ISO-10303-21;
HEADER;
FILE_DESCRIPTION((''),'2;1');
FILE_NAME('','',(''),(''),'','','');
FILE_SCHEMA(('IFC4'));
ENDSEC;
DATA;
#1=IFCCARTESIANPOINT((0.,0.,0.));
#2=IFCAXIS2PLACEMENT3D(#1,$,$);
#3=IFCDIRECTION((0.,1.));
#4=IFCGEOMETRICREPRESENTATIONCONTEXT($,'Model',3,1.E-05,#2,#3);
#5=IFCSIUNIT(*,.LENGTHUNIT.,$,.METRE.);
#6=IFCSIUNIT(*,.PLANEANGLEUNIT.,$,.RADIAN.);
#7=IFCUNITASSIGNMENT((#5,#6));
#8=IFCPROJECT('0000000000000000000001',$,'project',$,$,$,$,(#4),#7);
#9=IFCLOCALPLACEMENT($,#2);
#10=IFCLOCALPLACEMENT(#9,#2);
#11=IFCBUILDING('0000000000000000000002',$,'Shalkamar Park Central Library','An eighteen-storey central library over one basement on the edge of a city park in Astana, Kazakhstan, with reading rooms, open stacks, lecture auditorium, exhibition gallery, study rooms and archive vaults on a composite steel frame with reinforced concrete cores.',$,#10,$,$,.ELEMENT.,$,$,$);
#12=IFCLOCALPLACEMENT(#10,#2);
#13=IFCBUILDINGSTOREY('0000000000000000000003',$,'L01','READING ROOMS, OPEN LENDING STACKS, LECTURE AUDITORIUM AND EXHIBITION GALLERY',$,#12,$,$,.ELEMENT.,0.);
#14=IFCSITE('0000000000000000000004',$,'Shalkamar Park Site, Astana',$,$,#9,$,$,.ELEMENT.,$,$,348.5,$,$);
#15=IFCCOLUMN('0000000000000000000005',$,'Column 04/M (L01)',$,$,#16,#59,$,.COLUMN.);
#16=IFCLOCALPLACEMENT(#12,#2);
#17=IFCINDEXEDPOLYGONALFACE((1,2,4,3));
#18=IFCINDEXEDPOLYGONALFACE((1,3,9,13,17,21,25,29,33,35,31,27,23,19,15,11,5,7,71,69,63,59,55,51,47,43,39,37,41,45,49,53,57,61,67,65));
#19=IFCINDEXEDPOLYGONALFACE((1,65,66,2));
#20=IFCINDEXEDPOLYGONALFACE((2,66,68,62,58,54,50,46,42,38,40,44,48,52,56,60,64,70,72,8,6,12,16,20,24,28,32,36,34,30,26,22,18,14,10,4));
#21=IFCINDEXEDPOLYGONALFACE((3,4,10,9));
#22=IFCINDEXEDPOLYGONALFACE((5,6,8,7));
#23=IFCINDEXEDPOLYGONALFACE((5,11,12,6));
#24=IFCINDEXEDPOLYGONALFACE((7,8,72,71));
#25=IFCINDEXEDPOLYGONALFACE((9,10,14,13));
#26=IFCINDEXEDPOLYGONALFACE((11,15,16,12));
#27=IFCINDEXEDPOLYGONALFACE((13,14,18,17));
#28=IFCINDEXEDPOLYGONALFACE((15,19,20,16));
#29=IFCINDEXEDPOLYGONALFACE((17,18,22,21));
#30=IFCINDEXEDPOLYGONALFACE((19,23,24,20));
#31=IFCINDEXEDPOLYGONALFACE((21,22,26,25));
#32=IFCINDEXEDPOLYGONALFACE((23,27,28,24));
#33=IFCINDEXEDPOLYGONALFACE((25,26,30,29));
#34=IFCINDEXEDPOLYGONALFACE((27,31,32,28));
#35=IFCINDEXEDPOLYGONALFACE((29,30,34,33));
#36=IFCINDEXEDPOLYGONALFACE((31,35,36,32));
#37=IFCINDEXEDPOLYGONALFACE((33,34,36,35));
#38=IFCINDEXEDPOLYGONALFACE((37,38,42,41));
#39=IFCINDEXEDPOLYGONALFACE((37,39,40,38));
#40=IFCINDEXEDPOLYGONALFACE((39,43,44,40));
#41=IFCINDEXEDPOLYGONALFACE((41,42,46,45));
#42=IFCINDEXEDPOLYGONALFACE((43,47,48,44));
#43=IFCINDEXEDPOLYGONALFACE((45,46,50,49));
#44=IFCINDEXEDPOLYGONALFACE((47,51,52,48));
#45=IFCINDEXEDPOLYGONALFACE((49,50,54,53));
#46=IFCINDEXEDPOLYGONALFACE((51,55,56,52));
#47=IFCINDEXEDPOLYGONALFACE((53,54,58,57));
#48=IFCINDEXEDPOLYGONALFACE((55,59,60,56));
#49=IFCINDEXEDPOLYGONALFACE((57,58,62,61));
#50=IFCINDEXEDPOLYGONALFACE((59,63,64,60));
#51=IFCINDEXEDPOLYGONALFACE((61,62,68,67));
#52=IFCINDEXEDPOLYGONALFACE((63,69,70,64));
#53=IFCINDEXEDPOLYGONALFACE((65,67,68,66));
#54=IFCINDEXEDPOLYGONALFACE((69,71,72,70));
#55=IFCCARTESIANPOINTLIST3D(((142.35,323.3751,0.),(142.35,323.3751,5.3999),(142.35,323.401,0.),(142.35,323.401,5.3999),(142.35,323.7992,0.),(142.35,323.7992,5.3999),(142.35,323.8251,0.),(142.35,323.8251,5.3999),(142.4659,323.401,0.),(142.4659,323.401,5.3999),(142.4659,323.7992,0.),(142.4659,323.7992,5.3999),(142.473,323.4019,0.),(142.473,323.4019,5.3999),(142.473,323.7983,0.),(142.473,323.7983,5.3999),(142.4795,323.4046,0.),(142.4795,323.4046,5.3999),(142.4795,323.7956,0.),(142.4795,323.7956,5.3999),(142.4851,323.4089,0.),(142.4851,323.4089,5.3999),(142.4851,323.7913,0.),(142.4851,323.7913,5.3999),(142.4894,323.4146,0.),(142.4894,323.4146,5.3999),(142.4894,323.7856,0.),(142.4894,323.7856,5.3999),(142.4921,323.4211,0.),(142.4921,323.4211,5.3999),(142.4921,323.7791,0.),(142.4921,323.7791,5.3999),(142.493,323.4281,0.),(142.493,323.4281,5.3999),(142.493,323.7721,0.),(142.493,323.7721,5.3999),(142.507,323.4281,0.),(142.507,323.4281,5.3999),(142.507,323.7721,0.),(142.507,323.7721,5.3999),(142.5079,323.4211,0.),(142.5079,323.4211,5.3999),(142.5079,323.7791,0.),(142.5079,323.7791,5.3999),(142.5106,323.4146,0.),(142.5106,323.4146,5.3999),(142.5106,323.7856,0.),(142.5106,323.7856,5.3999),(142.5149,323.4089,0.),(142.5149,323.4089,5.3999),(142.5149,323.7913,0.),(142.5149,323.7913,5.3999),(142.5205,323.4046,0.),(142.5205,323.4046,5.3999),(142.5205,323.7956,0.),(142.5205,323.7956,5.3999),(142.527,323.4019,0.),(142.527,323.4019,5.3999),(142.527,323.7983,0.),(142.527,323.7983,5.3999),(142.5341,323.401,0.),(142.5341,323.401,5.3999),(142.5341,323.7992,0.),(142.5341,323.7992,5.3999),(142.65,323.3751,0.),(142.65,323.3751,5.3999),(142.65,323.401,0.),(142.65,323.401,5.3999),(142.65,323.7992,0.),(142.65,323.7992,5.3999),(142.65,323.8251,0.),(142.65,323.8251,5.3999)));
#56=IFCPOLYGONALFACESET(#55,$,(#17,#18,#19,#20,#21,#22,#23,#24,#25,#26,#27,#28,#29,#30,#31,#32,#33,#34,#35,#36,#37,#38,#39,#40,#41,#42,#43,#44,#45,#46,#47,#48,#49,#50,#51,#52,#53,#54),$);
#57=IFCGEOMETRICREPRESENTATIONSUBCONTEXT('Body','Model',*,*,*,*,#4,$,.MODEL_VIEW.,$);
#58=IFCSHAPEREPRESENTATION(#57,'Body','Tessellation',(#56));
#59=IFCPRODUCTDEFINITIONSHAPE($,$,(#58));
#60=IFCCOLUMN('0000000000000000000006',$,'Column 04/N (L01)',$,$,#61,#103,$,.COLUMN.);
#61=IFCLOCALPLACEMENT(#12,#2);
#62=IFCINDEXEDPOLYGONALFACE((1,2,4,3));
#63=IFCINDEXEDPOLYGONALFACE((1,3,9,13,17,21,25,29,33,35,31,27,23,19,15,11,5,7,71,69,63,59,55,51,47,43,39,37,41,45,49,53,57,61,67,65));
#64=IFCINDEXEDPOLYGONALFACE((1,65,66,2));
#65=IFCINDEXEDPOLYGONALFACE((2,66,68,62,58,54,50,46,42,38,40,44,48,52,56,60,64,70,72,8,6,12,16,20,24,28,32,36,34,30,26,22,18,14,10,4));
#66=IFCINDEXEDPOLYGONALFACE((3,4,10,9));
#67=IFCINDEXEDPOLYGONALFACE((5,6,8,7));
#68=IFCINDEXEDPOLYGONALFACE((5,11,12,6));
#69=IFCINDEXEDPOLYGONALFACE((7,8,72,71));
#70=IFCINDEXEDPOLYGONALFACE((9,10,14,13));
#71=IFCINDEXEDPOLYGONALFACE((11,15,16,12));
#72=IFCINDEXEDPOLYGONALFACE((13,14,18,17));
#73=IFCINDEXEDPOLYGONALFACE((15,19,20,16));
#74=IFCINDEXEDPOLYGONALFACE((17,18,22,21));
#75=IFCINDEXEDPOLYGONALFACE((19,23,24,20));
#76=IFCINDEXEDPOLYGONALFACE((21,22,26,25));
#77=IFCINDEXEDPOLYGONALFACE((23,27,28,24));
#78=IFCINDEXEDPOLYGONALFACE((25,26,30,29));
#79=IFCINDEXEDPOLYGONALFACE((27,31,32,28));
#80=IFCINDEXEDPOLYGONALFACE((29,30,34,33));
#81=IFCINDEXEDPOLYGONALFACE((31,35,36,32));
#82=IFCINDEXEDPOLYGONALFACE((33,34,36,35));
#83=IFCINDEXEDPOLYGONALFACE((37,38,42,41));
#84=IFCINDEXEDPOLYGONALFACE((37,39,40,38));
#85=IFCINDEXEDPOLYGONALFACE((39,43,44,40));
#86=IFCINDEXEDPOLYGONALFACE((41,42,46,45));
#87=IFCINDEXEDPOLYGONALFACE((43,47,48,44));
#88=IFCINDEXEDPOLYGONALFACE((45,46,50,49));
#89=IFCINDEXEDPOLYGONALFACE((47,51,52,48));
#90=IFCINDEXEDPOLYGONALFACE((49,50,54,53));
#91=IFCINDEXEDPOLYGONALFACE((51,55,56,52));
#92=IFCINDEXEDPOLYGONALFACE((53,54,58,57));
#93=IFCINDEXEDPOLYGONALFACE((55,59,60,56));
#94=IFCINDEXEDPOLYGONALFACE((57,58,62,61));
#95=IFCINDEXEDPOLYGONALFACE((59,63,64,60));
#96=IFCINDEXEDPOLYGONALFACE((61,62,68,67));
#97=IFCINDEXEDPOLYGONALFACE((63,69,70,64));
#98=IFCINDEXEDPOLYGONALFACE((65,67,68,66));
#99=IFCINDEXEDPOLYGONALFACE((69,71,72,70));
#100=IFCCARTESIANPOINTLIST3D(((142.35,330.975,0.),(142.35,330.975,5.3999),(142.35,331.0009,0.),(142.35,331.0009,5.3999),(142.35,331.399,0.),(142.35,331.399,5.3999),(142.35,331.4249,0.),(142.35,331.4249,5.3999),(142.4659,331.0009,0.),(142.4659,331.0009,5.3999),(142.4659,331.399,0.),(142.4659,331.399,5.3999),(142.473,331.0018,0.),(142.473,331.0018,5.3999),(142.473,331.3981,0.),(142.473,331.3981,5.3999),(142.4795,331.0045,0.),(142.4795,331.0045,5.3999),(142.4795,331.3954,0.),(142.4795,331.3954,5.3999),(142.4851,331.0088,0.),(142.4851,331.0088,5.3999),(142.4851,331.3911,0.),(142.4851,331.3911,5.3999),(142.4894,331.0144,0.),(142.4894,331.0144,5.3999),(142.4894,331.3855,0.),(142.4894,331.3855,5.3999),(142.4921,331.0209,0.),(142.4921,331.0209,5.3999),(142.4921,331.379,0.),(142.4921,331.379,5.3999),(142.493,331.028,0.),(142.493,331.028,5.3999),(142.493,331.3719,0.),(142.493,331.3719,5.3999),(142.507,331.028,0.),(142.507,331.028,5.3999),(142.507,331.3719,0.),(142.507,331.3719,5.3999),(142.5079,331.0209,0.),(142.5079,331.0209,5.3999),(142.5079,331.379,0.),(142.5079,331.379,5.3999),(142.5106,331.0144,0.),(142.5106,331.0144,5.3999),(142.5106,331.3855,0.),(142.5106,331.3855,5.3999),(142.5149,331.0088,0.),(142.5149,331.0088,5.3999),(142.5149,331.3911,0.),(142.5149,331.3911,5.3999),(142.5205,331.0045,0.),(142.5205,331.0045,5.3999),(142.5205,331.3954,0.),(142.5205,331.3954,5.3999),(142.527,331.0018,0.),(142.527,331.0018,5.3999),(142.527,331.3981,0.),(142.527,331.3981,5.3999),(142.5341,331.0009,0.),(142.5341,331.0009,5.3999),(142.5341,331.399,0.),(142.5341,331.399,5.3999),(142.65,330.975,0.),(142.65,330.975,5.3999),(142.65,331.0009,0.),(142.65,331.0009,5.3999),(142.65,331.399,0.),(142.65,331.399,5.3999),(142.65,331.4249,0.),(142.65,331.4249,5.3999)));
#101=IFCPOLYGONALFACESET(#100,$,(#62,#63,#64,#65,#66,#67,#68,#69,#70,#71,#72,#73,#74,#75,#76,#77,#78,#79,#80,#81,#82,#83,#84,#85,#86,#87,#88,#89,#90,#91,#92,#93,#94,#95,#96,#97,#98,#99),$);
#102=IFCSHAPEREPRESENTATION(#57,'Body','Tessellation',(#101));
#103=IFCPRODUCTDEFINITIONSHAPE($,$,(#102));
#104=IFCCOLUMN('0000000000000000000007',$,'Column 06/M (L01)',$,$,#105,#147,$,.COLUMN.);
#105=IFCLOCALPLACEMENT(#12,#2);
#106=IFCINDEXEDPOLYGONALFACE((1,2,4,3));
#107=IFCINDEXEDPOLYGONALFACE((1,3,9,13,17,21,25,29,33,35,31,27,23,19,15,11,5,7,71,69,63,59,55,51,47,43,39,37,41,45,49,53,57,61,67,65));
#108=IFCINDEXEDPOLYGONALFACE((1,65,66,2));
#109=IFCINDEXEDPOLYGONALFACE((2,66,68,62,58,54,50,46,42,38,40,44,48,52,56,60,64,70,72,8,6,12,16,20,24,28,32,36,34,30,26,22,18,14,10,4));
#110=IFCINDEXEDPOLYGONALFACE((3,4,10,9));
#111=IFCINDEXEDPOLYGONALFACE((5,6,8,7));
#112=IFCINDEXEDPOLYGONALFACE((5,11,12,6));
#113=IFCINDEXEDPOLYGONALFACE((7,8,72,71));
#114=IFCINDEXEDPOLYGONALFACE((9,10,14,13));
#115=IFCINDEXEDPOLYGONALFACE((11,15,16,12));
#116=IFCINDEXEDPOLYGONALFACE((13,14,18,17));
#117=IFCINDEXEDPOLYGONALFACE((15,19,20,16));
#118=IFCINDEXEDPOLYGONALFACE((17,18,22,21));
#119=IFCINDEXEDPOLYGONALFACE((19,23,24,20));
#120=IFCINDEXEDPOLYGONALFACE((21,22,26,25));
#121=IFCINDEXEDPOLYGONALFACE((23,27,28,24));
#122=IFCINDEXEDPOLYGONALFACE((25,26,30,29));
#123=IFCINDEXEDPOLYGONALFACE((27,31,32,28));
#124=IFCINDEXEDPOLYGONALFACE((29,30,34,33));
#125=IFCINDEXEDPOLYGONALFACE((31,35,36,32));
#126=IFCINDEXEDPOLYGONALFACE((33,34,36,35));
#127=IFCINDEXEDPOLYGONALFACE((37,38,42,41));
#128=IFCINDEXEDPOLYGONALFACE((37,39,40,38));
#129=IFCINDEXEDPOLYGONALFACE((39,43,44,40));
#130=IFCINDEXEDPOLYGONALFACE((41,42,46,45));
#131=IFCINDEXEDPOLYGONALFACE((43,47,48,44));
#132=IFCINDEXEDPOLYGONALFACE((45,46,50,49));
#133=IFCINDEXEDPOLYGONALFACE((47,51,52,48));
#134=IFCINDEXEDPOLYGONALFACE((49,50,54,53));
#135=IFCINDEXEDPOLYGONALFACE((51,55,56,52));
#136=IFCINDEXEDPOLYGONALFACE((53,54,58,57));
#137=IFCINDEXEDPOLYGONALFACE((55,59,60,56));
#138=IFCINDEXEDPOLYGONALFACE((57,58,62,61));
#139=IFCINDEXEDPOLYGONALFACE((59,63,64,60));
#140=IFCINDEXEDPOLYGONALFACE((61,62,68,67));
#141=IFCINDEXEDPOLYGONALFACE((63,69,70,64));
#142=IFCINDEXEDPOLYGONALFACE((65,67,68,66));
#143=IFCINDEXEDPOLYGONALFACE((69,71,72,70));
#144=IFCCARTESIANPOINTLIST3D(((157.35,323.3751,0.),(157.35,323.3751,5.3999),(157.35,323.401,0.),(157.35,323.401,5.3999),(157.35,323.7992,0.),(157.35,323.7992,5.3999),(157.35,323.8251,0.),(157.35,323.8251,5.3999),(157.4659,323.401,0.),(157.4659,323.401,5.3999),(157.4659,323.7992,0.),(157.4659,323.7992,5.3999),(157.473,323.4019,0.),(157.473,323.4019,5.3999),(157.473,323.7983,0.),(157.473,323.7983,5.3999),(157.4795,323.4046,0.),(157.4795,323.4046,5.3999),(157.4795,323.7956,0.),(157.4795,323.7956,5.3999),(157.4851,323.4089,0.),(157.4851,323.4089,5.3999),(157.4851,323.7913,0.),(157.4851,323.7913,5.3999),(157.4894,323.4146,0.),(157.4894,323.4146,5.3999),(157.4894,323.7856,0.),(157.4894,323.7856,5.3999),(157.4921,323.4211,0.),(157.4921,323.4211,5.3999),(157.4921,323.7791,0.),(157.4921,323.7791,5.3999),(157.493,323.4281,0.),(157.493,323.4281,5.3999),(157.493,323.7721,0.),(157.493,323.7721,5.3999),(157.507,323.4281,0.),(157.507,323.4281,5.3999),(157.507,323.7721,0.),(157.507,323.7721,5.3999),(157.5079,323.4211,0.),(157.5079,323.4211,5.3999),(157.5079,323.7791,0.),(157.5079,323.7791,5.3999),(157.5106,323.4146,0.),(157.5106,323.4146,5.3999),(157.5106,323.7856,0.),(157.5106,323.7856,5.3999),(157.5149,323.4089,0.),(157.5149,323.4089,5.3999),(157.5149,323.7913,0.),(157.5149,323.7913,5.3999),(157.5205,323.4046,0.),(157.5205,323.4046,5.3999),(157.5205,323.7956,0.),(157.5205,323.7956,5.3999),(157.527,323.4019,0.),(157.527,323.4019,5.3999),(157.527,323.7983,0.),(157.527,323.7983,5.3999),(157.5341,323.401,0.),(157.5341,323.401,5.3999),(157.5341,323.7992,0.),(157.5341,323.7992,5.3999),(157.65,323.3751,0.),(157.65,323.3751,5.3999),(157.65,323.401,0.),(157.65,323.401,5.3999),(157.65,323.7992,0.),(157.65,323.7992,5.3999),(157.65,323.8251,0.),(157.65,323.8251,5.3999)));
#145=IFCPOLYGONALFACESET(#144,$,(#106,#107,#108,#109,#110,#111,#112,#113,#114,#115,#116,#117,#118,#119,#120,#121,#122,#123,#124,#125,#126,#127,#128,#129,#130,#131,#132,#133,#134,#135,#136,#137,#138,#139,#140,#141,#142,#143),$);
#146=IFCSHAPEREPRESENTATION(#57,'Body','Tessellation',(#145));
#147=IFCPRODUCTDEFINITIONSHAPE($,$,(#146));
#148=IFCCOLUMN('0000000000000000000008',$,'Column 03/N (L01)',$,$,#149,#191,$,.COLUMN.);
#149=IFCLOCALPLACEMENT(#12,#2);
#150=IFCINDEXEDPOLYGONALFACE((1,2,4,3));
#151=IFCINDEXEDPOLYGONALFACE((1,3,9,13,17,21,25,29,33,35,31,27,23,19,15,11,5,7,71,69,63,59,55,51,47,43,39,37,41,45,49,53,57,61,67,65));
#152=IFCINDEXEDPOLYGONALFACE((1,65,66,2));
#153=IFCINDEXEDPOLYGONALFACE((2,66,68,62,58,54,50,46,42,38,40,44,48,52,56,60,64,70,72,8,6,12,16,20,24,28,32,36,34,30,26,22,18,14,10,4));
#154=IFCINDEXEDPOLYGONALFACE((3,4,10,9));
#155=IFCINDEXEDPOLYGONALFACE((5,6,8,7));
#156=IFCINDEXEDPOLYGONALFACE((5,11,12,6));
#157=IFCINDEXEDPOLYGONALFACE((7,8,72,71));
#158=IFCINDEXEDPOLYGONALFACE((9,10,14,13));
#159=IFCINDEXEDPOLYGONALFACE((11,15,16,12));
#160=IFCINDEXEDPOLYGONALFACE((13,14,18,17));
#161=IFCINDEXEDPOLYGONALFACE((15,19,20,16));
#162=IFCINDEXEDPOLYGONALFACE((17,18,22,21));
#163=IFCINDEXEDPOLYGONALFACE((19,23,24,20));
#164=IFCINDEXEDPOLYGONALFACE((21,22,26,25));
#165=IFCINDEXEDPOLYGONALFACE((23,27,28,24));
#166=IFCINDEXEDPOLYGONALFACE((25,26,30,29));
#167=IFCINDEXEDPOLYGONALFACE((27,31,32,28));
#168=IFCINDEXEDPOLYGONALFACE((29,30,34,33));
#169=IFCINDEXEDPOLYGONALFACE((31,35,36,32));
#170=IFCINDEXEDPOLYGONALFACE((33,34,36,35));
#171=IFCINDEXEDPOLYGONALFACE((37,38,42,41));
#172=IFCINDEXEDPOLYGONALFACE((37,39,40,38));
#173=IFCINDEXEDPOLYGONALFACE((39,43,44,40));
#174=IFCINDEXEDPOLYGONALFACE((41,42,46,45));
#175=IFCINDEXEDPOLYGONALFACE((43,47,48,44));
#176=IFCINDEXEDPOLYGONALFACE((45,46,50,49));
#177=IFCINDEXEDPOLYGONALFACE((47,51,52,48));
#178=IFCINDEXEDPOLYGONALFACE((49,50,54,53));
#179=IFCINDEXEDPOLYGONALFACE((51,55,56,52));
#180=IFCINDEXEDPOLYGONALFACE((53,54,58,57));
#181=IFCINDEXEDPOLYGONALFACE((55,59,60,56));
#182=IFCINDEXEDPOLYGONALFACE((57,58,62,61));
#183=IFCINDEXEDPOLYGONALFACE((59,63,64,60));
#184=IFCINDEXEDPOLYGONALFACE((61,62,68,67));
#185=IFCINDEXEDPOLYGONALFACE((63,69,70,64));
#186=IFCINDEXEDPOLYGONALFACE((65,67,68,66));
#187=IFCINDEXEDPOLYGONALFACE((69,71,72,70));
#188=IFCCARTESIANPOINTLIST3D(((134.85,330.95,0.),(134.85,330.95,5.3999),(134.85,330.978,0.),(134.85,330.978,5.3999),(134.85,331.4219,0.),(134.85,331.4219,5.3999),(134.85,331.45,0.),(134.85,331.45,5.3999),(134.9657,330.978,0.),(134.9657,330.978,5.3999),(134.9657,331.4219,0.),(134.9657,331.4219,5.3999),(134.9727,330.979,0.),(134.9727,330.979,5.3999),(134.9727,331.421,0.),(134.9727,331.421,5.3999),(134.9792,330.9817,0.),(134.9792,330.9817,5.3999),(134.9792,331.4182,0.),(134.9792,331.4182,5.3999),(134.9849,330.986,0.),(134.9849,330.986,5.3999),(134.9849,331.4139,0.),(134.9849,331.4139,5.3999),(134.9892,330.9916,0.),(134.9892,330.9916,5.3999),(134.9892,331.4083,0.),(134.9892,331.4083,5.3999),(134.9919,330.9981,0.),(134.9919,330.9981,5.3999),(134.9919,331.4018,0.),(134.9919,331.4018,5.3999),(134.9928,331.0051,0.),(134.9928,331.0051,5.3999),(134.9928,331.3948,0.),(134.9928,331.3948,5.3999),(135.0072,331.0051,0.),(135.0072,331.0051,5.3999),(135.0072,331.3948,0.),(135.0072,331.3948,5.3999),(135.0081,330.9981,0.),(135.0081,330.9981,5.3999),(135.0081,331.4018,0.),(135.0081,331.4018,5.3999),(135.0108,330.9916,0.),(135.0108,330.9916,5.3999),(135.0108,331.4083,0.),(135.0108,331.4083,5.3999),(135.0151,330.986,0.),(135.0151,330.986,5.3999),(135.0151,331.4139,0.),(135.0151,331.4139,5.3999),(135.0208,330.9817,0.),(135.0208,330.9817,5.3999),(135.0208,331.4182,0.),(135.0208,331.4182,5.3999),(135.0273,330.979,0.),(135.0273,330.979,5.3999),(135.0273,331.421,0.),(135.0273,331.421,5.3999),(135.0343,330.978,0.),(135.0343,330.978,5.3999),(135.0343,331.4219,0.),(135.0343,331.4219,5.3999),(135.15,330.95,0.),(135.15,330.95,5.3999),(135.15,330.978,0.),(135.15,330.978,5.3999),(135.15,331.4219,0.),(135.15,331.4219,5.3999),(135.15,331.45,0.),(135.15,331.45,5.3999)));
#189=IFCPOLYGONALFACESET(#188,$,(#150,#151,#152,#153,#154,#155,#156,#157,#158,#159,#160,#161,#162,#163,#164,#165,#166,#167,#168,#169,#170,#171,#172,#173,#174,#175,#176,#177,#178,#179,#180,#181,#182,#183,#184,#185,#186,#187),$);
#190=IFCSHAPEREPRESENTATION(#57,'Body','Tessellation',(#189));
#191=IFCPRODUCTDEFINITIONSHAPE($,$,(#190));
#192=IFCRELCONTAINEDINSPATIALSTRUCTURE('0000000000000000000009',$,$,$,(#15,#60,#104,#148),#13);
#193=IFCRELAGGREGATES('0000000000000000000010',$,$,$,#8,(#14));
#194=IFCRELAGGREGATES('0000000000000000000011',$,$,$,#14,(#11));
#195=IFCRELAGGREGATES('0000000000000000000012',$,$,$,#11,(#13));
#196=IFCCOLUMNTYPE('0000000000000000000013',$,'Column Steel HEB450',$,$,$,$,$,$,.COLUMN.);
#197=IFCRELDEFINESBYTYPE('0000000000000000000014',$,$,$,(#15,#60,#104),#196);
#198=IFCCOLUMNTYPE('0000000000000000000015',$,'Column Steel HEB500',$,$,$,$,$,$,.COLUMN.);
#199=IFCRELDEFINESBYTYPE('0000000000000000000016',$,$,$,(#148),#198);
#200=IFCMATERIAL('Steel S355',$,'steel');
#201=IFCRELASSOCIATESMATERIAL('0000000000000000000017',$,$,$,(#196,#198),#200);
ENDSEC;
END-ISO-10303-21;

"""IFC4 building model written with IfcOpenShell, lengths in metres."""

from ifc_helpers import new_model, si_unit, direction, frame, origin, origin_2d, place, context, subcontext, project, spatial, i_section, extrude, material, material_profile, profile_set, type_object, element, save


model = new_model("IFC4")

# Units and contexts
model_context = context("Model", 3, precision=1e-05, world=origin(), true_north=direction((0.0, 1.0)))
body_context = subcontext(model_context, "Body", "Model", "MODEL_VIEW")
ifc_project = project(units=[si_unit("LENGTHUNIT", "METRE"), si_unit("PLANEANGLEUNIT", "RADIAN")], contexts=[model_context])

# Site, building, storey
site_placement = place(None, origin())
site = spatial("IfcSite", under=ifc_project, at=site_placement, Name="Shalkamar Park Site, Astana", CompositionType="ELEMENT", RefElevation=348.5)
building_placement = place(site_placement, origin())
building = spatial("IfcBuilding", under=site, at=building_placement, Name="Shalkamar Park Central Library", Description="An eighteen-storey central library over one basement on the edge of a city park in Astana, Kazakhstan, with reading rooms, open stacks, lecture auditorium, exhibition gallery, study rooms and archive vaults on a composite steel frame with reinforced concrete cores.", CompositionType="ELEMENT")
storey_placement = place(building_placement, origin())
storey = spatial("IfcBuildingStorey", under=building, at=storey_placement, Name="L01", Description="READING ROOMS, OPEN LENDING STACKS, LECTURE AUDITORIUM AND EXHIBITION GALLERY", CompositionType="ELEMENT", Elevation=0.0)

# Columns
ifc_material_1 = material(Name="Steel S355", Category="steel")
ifc_material_profile_1 = material_profile(ifc_material_1, i_section(OverallWidth=0.3, OverallDepth=0.45, WebThickness=0.0139, FlangeThickness=0.0259, FilletRadius=0.0271, at=origin_2d()), Name="HEB 450")
ifc_profile_set_1 = profile_set([ifc_material_profile_1], Name="Steel S355")
column_type_1 = type_object("IfcColumnType", Name="Column Steel HEB450", PredefinedType="COLUMN", material=ifc_profile_set_1)
for number, where, z_axis, x_axis, name in (
    (1, (142.5, 323.6001, 0.0), (0.0, 0.0, 1.0), (1.0, 0.0, 0.0), "Column 04/M (L01)"),
    (2, (142.5, 331.2, 0.0), (0.0, 0.0, 1.0), (1.0, 0.0, 0.0), "Column 04/N (L01)"),
    (3, (157.5, 323.6001, 0.0), (0.0, 0.0, 1.0), (1.0, 0.0, 0.0), "Column 06/M (L01)"),
):
    element("IfcColumn", number, at=place(storey_placement, frame(where, z_axis=z_axis, x_axis=x_axis)), inside=storey, type_object=column_type_1, Name=name, PredefinedType="COLUMN", context=body_context, shape_type="SweptSolid", body=[
        extrude(i_section(OverallWidth=0.3, OverallDepth=0.45, WebThickness=0.0139, FlangeThickness=0.0259, FilletRadius=0.0271, at=origin_2d()), origin(), (0.0, 0.0, 1.0), 5.3999),
    ])
ifc_material_profile_2 = material_profile(ifc_material_1, i_section(OverallWidth=0.3, OverallDepth=0.5, WebThickness=0.0144, FlangeThickness=0.0281, FilletRadius=0.0271, at=origin_2d()), Name="HEB 500")
ifc_profile_set_2 = profile_set([ifc_material_profile_2], Name="Steel S355")
column_type_2 = type_object("IfcColumnType", Name="Column Steel HEB500", PredefinedType="COLUMN", material=ifc_profile_set_2)
for number, where, z_axis, x_axis, name in (
    (4, (135.0, 331.2, 0.0), (0.0, 0.0, 1.0), (1.0, 0.0, 0.0), "Column 03/N (L01)"),
):
    element("IfcColumn", number, at=place(storey_placement, frame(where, z_axis=z_axis, x_axis=x_axis)), inside=storey, type_object=column_type_2, Name=name, PredefinedType="COLUMN", context=body_context, shape_type="SweptSolid", body=[
        extrude(i_section(OverallWidth=0.3, OverallDepth=0.5, WebThickness=0.0144, FlangeThickness=0.0281, FilletRadius=0.0271, at=origin_2d()), origin(), (0.0, 0.0, 1.0), 5.3999),
    ])

save(model, "model.ifc")
